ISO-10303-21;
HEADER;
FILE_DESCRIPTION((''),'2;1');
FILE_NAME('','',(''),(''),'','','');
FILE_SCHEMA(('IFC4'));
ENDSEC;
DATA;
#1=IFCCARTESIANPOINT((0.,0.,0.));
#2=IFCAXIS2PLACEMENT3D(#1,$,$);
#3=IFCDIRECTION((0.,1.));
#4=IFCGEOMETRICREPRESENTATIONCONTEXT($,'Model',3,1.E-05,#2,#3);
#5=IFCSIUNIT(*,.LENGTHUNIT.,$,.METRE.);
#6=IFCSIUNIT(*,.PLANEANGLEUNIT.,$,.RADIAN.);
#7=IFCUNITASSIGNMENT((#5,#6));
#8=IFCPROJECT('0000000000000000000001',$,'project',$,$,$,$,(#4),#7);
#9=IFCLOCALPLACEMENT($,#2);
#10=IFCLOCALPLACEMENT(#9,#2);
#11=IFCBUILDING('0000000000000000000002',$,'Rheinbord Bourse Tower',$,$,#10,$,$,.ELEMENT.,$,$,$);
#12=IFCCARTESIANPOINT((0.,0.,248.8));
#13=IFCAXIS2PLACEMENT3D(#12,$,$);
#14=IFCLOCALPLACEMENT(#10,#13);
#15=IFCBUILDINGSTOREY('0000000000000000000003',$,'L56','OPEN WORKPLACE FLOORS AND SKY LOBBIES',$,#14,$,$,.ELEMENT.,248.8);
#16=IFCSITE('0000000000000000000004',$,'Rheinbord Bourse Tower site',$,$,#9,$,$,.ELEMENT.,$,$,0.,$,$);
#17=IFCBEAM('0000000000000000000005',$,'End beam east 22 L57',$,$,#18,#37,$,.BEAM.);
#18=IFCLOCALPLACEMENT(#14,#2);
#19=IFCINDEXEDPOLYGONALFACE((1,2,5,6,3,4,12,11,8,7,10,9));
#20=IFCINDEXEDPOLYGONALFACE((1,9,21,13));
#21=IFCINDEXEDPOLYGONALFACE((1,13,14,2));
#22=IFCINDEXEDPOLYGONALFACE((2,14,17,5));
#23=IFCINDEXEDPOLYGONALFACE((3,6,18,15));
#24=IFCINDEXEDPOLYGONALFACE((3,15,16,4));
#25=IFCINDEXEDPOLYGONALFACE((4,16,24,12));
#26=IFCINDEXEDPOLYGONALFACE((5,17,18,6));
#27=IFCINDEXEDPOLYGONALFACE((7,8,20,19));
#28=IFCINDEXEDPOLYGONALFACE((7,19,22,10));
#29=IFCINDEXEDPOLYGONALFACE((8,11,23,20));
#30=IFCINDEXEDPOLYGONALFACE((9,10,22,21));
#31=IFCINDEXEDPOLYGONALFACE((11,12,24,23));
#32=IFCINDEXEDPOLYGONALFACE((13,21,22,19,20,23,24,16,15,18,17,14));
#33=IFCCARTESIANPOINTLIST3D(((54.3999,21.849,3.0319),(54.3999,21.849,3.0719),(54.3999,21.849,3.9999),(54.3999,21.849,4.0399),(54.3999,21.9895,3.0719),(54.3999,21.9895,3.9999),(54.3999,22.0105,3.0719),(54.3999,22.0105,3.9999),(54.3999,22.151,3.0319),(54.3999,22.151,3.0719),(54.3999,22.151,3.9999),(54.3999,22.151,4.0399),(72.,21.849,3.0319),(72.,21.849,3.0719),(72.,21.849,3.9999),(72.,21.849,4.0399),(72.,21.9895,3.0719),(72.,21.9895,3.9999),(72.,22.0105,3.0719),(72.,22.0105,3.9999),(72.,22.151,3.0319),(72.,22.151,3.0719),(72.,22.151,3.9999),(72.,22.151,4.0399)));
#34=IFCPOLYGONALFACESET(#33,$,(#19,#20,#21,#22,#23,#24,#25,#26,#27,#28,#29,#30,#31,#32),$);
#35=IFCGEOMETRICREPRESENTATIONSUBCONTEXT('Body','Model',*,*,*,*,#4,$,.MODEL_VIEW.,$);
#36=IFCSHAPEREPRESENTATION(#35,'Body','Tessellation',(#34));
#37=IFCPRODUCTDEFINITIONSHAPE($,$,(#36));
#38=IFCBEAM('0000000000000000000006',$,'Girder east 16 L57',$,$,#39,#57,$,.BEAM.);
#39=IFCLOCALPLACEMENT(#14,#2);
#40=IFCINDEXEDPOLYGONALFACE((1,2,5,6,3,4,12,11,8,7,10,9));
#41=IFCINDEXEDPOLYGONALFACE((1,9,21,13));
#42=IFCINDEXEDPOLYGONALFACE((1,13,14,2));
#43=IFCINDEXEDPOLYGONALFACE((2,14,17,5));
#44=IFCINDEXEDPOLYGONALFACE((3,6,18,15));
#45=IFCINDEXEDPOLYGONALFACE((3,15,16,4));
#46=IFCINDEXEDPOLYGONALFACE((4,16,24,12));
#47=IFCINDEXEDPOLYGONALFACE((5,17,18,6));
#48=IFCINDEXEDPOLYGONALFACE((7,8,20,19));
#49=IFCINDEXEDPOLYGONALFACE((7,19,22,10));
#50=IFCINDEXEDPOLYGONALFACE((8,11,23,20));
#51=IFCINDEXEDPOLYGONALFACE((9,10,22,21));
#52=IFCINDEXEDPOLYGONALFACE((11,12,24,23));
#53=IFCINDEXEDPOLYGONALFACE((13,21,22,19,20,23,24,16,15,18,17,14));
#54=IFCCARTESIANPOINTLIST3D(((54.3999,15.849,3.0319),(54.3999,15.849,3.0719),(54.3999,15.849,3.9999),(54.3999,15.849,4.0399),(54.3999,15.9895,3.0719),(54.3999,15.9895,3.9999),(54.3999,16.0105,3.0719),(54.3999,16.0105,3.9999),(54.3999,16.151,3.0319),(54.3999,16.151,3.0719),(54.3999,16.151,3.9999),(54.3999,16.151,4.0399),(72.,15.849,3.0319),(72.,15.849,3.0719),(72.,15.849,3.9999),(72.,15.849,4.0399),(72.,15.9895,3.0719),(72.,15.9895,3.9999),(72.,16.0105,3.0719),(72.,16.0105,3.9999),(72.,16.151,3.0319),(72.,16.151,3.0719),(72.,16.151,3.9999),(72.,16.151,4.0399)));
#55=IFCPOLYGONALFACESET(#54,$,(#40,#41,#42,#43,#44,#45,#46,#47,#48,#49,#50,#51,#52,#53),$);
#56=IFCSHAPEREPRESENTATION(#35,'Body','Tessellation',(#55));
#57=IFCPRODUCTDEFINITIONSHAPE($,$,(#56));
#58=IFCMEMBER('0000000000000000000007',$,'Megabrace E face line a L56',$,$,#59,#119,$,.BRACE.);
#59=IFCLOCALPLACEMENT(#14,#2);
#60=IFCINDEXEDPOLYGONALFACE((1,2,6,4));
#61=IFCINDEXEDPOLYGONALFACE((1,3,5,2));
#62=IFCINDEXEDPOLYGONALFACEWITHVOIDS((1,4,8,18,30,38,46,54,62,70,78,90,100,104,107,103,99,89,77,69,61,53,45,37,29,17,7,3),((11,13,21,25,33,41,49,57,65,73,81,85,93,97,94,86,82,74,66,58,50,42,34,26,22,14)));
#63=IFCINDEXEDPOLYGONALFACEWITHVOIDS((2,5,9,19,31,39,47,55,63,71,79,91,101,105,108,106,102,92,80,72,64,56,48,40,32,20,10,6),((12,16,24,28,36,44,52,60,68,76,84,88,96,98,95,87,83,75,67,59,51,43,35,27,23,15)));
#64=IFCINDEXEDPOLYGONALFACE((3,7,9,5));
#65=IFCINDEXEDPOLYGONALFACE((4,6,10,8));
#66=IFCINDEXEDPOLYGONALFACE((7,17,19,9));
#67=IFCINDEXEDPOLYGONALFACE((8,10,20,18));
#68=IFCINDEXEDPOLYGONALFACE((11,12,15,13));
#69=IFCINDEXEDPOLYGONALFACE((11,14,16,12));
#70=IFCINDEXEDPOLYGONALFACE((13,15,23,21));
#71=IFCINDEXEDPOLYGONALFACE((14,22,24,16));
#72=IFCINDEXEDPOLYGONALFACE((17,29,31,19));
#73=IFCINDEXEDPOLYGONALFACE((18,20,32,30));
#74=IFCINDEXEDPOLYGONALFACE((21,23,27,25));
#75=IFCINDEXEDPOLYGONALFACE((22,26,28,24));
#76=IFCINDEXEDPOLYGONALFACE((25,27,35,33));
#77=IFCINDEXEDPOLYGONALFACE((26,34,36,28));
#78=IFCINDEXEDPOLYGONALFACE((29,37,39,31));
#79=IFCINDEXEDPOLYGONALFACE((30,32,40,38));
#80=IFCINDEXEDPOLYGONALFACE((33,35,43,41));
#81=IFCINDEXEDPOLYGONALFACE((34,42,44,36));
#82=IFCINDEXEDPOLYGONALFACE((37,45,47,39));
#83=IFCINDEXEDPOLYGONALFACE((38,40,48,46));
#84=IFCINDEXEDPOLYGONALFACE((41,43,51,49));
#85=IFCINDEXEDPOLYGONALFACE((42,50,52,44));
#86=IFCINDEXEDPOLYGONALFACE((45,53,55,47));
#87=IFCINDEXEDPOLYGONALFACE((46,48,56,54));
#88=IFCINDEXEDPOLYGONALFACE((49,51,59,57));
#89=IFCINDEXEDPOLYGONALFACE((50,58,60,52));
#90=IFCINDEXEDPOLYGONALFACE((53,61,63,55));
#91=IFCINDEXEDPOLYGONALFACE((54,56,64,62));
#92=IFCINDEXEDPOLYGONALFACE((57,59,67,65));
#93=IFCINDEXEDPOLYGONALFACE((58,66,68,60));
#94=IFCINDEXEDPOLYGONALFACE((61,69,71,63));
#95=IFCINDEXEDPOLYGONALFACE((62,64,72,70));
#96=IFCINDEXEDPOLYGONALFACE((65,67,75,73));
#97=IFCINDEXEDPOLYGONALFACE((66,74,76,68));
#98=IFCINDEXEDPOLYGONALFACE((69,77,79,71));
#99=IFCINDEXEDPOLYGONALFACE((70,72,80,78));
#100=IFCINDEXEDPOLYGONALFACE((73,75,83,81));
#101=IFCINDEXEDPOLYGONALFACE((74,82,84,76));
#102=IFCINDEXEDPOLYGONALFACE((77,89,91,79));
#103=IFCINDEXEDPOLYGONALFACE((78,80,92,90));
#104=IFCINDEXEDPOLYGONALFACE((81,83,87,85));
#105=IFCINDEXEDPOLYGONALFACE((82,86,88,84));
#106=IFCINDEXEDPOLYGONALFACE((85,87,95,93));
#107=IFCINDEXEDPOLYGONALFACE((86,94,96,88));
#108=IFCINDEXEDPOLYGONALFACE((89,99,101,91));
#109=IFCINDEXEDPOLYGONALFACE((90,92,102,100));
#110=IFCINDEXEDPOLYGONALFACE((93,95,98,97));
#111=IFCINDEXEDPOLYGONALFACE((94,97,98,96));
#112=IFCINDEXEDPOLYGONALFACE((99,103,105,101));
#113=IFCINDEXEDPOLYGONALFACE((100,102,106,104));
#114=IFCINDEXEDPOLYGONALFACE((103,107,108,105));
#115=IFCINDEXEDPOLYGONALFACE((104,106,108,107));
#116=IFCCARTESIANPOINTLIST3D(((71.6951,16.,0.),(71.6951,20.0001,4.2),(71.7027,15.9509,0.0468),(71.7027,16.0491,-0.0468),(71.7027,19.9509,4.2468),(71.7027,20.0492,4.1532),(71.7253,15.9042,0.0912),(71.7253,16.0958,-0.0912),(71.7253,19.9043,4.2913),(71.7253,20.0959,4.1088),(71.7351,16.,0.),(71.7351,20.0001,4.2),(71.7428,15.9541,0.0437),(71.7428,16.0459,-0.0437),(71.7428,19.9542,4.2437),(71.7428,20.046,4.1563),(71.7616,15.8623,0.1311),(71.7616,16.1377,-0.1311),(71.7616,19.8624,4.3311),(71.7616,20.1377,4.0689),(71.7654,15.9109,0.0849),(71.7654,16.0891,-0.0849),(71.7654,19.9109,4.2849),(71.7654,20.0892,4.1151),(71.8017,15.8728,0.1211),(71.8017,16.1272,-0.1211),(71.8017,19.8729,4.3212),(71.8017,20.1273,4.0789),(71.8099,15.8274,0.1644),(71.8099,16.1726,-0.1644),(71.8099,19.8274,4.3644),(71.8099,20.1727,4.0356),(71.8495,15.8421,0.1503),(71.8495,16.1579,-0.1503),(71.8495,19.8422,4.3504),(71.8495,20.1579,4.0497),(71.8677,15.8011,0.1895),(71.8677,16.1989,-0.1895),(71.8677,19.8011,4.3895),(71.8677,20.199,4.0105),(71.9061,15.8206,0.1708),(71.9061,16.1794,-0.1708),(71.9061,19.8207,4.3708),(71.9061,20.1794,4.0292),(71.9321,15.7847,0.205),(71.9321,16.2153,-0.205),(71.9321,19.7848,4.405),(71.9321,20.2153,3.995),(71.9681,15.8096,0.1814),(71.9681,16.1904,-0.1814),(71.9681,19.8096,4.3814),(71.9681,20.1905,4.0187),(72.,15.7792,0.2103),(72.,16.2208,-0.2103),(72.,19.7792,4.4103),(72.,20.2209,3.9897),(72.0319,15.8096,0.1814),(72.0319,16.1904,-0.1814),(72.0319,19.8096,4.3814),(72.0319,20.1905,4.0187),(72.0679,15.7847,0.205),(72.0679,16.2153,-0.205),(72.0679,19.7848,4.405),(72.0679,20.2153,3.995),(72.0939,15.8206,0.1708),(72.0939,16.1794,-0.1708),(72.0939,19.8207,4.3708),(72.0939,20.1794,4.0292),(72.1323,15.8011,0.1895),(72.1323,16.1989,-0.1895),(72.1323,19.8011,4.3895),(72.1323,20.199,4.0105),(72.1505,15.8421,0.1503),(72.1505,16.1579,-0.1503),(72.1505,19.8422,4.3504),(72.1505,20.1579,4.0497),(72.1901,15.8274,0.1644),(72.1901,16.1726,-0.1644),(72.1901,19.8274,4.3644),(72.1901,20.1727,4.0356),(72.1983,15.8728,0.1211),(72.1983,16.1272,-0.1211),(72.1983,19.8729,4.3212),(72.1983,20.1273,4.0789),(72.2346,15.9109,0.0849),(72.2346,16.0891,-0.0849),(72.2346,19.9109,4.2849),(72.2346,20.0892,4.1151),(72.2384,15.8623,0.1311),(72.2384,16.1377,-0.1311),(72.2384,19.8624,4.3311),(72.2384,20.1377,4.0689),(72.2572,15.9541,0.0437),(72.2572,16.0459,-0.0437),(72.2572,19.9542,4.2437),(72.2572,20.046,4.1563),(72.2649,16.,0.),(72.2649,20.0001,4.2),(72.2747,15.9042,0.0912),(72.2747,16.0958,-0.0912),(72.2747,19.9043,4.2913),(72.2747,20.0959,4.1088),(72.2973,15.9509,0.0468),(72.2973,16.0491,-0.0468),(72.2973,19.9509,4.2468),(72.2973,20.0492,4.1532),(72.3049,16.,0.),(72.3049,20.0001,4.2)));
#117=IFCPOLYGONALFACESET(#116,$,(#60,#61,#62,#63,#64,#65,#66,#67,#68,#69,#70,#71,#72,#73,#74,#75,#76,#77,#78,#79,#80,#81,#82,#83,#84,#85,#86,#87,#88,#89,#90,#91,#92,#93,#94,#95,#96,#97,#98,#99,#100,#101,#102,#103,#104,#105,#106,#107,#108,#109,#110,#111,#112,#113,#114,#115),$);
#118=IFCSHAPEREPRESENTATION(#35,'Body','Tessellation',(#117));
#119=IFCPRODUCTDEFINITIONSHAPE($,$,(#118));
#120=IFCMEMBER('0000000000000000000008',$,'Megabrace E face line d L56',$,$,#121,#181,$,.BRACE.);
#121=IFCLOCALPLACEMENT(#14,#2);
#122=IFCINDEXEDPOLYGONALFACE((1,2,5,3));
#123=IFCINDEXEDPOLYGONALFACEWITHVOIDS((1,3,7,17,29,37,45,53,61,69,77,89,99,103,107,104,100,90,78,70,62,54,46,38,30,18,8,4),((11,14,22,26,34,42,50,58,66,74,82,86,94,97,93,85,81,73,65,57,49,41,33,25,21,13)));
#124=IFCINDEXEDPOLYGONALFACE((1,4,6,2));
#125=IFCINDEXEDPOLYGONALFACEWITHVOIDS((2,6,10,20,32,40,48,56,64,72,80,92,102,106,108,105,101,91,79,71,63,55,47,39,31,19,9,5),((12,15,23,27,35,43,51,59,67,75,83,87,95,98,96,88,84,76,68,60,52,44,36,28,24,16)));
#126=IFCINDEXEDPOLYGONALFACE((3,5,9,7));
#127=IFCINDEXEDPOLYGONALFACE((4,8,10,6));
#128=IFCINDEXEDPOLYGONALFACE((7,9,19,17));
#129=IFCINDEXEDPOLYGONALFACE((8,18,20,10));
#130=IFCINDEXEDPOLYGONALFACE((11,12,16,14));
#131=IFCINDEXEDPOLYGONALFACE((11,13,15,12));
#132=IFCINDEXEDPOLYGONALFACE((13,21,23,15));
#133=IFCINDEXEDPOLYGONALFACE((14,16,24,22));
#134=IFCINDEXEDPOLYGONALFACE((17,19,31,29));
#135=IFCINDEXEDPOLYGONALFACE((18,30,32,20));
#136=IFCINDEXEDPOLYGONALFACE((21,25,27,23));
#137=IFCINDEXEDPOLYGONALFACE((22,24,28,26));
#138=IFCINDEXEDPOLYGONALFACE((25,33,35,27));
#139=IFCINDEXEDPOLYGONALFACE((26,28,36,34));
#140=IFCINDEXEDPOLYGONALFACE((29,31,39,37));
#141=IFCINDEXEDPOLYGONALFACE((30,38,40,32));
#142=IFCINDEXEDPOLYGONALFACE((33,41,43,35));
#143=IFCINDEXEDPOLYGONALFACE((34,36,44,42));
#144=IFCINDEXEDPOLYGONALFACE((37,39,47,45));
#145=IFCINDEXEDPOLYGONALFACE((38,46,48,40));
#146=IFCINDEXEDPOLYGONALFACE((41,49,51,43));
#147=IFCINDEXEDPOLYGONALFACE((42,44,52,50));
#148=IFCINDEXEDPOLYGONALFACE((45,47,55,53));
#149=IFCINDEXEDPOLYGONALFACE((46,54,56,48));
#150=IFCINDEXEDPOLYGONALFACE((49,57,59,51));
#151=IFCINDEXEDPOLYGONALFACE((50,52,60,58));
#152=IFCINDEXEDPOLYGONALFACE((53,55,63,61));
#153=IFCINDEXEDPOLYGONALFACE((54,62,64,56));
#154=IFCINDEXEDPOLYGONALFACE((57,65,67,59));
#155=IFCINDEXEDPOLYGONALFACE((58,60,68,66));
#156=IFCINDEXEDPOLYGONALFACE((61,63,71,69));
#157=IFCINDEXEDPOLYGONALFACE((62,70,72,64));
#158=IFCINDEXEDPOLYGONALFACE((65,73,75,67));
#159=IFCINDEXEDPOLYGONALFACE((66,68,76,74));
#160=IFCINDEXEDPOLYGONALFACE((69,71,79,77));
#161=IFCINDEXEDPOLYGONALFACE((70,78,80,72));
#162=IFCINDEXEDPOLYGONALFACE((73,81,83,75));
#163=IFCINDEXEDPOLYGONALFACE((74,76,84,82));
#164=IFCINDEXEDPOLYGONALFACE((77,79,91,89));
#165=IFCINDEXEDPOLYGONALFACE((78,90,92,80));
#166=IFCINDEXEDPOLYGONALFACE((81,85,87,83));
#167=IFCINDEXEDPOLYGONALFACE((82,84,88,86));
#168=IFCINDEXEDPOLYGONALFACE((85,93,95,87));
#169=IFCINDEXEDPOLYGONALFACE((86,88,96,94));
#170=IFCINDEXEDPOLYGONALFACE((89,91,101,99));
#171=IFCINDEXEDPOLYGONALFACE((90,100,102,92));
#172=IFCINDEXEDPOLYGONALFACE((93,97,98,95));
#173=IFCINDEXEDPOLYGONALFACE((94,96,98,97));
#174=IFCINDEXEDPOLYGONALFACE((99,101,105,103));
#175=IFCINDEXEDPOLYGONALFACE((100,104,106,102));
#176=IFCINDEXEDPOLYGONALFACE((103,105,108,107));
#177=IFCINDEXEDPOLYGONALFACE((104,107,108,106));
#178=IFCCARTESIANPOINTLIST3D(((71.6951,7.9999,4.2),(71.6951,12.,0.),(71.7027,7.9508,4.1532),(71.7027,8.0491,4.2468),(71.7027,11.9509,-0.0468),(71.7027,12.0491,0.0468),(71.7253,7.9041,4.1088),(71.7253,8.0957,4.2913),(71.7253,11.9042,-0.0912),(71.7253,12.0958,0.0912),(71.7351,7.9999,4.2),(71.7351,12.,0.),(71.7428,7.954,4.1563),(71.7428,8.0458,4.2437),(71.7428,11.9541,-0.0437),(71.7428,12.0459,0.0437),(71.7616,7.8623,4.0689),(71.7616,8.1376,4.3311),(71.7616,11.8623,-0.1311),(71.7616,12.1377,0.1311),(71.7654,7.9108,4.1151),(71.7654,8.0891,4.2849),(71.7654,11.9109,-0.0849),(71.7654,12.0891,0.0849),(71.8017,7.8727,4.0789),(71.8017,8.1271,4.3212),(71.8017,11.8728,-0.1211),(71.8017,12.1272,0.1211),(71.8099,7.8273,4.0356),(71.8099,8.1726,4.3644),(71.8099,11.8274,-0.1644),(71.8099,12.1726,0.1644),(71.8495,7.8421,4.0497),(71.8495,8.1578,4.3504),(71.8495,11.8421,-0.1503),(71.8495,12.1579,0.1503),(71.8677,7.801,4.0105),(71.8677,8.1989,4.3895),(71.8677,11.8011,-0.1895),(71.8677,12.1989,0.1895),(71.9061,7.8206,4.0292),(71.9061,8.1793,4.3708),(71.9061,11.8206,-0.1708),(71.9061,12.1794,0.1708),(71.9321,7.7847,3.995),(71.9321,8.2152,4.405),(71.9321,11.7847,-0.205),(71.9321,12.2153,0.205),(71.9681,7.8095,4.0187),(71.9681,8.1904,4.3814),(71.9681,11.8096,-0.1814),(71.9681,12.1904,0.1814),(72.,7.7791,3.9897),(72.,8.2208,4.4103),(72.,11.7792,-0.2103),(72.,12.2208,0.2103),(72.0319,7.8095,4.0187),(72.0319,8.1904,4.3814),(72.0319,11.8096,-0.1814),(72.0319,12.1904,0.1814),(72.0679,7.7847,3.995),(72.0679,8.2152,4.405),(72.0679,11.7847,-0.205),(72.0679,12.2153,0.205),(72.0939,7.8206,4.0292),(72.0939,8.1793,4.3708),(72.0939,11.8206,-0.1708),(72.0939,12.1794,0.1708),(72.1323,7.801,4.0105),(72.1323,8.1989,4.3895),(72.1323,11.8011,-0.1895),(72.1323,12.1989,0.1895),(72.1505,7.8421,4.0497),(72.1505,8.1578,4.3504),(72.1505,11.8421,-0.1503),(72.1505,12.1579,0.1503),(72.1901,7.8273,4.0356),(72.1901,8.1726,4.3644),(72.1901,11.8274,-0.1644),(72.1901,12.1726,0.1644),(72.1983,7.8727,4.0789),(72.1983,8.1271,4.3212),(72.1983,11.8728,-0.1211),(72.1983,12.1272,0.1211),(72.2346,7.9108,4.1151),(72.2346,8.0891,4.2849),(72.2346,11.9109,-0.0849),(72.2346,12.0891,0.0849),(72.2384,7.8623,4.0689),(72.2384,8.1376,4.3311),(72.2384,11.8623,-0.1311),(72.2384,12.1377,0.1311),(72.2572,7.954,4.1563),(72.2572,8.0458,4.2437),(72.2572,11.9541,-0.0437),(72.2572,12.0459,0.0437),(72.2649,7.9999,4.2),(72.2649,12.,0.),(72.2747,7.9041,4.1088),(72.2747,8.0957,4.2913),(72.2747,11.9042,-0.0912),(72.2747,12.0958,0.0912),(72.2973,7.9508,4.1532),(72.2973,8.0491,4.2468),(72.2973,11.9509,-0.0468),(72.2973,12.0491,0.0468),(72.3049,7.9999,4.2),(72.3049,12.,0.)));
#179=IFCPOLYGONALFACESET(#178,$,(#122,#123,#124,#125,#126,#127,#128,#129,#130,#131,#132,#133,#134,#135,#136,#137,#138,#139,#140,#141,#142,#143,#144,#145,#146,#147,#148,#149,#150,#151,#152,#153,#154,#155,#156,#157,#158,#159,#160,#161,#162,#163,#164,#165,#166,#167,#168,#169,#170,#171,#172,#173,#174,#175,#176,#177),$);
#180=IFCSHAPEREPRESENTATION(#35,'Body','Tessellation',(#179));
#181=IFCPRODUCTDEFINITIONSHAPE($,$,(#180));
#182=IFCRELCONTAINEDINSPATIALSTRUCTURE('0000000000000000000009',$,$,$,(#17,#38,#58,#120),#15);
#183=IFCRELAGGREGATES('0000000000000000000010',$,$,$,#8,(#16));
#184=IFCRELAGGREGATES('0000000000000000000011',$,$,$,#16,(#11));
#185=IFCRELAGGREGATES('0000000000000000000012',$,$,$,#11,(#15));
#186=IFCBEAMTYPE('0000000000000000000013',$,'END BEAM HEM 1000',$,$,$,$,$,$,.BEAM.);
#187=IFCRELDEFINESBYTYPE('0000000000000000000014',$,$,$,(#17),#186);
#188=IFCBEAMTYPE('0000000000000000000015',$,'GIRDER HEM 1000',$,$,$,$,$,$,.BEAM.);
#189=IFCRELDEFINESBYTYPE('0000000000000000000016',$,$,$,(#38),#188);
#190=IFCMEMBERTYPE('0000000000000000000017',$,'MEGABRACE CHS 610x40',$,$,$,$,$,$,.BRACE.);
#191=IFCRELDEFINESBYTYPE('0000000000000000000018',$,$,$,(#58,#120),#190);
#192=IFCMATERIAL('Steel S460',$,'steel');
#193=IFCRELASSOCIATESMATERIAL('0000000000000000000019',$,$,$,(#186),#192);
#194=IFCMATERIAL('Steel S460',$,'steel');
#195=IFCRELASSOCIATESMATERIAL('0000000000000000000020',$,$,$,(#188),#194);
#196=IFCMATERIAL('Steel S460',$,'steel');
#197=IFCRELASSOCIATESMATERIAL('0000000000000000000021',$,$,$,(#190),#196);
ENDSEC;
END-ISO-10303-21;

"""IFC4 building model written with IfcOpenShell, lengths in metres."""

from ifc_helpers import new_model, si_unit, direction, frame, origin, origin_2d, place, context, subcontext, project, spatial, hollow_circle, i_section, extrude, material, material_profile, profile_set, type_object, element, save


model = new_model("IFC4")

# Units and contexts
model_context = context("Model", 3, precision=1e-05, world=origin(), true_north=direction((0.0, 1.0)))
body_context = subcontext(model_context, "Body", "Model", "MODEL_VIEW")
ifc_project = project(units=[si_unit("LENGTHUNIT", "METRE"), si_unit("PLANEANGLEUNIT", "RADIAN")], contexts=[model_context])

# Site, building, storey
site_placement = place(None, origin())
site = spatial("IfcSite", under=ifc_project, at=site_placement, Name="Rheinbord Bourse Tower site", CompositionType="ELEMENT", RefElevation=0.0)
building_placement = place(site_placement, origin())
building = spatial("IfcBuilding", under=site, at=building_placement, Name="Rheinbord Bourse Tower", CompositionType="ELEMENT")
storey_placement = place(building_placement, frame((0.0, 0.0, 248.8)))
storey = spatial("IfcBuildingStorey", under=building, at=storey_placement, Name="L56", Description="OPEN WORKPLACE FLOORS AND SKY LOBBIES", CompositionType="ELEMENT", Elevation=248.8)

# Beams
ifc_material_1 = material(Name="Steel S460", Category="steel")
ifc_material_profile_1 = material_profile(ifc_material_1, i_section(OverallWidth=0.302, OverallDepth=1.0081, WebThickness=0.021, FlangeThickness=0.04, at=origin_2d()), Name="HEM 1000")
ifc_profile_set_1 = profile_set([ifc_material_profile_1], Name="Steel S460")
beam_type_1 = type_object("IfcBeamType", Name="END BEAM HEM 1000", PredefinedType="BEAM", material=ifc_profile_set_1)
for number, where, z_axis, x_axis, name in (
    (1, (54.3999, 22.0, 3.5359), (1.0, 0.0, 0.0), (0.0, 1.0, 0.0), "End beam east 22 L57"),
):
    element("IfcBeam", number, at=place(storey_placement, frame(where, z_axis=z_axis, x_axis=x_axis)), inside=storey, type_object=beam_type_1, Name=name, PredefinedType="BEAM", context=body_context, shape_type="SweptSolid", body=[
        extrude(i_section(OverallWidth=0.302, OverallDepth=1.0081, WebThickness=0.021, FlangeThickness=0.04, at=origin_2d()), origin(), (0.0, 0.0, 1.0), 17.6001),
    ])
ifc_material_2 = material(Name="Steel S460", Category="steel")
ifc_material_profile_2 = material_profile(ifc_material_2, i_section(OverallWidth=0.302, OverallDepth=1.0081, WebThickness=0.021, FlangeThickness=0.04, at=origin_2d()), Name="HEM 1000")
ifc_profile_set_2 = profile_set([ifc_material_profile_2], Name="Steel S460")
beam_type_2 = type_object("IfcBeamType", Name="GIRDER HEM 1000", PredefinedType="BEAM", material=ifc_profile_set_2)
beam_1_placement = place(storey_placement, frame((54.3999, 16.0, 3.5359), z_axis=(1.0, 0.0, 0.0), x_axis=(0.0, 1.0, 0.0)))
element("IfcBeam", 2, at=beam_1_placement, inside=storey, type_object=beam_type_2, Name="Girder east 16 L57", PredefinedType="BEAM", context=body_context, shape_type="SweptSolid", body=[
    extrude(i_section(OverallWidth=0.302, OverallDepth=1.0081, WebThickness=0.021, FlangeThickness=0.04, at=origin_2d()), origin(), (0.0, 0.0, 1.0), 17.6001),
])

# Members
ifc_material_3 = material(Name="Steel S460", Category="steel")
ifc_material_profile_3 = material_profile(ifc_material_3, hollow_circle(Radius=0.3049, WallThickness=0.04, at=origin_2d()), Name="CHS 610x40")
ifc_profile_set_3 = profile_set([ifc_material_profile_3], Name="Steel S460")
member_type_1 = type_object("IfcMemberType", Name="MEGABRACE CHS 610x40", PredefinedType="BRACE", material=ifc_profile_set_3)
for number, where, z_axis, x_axis, name in (
    (3, (72.0, 16.0, 0.0), (0.0, 0.689659, 0.724134), (-1.0, 0.0, 0.0), "Megabrace E face line a L56"),
    (4, (72.0, 12.0, 0.0), (0.0, -0.689659, 0.724134), (1.0, 0.0, 0.0), "Megabrace E face line d L56"),
):
    element("IfcMember", number, at=place(storey_placement, frame(where, z_axis=z_axis, x_axis=x_axis)), inside=storey, type_object=member_type_1, Name=name, PredefinedType="BRACE", context=body_context, shape_type="SweptSolid", body=[
        extrude(hollow_circle(Radius=0.3049, WallThickness=0.04, at=origin_2d()), origin(), (0.0, 0.0, 1.0), 5.8),
    ])

save(model, "model.ifc")
